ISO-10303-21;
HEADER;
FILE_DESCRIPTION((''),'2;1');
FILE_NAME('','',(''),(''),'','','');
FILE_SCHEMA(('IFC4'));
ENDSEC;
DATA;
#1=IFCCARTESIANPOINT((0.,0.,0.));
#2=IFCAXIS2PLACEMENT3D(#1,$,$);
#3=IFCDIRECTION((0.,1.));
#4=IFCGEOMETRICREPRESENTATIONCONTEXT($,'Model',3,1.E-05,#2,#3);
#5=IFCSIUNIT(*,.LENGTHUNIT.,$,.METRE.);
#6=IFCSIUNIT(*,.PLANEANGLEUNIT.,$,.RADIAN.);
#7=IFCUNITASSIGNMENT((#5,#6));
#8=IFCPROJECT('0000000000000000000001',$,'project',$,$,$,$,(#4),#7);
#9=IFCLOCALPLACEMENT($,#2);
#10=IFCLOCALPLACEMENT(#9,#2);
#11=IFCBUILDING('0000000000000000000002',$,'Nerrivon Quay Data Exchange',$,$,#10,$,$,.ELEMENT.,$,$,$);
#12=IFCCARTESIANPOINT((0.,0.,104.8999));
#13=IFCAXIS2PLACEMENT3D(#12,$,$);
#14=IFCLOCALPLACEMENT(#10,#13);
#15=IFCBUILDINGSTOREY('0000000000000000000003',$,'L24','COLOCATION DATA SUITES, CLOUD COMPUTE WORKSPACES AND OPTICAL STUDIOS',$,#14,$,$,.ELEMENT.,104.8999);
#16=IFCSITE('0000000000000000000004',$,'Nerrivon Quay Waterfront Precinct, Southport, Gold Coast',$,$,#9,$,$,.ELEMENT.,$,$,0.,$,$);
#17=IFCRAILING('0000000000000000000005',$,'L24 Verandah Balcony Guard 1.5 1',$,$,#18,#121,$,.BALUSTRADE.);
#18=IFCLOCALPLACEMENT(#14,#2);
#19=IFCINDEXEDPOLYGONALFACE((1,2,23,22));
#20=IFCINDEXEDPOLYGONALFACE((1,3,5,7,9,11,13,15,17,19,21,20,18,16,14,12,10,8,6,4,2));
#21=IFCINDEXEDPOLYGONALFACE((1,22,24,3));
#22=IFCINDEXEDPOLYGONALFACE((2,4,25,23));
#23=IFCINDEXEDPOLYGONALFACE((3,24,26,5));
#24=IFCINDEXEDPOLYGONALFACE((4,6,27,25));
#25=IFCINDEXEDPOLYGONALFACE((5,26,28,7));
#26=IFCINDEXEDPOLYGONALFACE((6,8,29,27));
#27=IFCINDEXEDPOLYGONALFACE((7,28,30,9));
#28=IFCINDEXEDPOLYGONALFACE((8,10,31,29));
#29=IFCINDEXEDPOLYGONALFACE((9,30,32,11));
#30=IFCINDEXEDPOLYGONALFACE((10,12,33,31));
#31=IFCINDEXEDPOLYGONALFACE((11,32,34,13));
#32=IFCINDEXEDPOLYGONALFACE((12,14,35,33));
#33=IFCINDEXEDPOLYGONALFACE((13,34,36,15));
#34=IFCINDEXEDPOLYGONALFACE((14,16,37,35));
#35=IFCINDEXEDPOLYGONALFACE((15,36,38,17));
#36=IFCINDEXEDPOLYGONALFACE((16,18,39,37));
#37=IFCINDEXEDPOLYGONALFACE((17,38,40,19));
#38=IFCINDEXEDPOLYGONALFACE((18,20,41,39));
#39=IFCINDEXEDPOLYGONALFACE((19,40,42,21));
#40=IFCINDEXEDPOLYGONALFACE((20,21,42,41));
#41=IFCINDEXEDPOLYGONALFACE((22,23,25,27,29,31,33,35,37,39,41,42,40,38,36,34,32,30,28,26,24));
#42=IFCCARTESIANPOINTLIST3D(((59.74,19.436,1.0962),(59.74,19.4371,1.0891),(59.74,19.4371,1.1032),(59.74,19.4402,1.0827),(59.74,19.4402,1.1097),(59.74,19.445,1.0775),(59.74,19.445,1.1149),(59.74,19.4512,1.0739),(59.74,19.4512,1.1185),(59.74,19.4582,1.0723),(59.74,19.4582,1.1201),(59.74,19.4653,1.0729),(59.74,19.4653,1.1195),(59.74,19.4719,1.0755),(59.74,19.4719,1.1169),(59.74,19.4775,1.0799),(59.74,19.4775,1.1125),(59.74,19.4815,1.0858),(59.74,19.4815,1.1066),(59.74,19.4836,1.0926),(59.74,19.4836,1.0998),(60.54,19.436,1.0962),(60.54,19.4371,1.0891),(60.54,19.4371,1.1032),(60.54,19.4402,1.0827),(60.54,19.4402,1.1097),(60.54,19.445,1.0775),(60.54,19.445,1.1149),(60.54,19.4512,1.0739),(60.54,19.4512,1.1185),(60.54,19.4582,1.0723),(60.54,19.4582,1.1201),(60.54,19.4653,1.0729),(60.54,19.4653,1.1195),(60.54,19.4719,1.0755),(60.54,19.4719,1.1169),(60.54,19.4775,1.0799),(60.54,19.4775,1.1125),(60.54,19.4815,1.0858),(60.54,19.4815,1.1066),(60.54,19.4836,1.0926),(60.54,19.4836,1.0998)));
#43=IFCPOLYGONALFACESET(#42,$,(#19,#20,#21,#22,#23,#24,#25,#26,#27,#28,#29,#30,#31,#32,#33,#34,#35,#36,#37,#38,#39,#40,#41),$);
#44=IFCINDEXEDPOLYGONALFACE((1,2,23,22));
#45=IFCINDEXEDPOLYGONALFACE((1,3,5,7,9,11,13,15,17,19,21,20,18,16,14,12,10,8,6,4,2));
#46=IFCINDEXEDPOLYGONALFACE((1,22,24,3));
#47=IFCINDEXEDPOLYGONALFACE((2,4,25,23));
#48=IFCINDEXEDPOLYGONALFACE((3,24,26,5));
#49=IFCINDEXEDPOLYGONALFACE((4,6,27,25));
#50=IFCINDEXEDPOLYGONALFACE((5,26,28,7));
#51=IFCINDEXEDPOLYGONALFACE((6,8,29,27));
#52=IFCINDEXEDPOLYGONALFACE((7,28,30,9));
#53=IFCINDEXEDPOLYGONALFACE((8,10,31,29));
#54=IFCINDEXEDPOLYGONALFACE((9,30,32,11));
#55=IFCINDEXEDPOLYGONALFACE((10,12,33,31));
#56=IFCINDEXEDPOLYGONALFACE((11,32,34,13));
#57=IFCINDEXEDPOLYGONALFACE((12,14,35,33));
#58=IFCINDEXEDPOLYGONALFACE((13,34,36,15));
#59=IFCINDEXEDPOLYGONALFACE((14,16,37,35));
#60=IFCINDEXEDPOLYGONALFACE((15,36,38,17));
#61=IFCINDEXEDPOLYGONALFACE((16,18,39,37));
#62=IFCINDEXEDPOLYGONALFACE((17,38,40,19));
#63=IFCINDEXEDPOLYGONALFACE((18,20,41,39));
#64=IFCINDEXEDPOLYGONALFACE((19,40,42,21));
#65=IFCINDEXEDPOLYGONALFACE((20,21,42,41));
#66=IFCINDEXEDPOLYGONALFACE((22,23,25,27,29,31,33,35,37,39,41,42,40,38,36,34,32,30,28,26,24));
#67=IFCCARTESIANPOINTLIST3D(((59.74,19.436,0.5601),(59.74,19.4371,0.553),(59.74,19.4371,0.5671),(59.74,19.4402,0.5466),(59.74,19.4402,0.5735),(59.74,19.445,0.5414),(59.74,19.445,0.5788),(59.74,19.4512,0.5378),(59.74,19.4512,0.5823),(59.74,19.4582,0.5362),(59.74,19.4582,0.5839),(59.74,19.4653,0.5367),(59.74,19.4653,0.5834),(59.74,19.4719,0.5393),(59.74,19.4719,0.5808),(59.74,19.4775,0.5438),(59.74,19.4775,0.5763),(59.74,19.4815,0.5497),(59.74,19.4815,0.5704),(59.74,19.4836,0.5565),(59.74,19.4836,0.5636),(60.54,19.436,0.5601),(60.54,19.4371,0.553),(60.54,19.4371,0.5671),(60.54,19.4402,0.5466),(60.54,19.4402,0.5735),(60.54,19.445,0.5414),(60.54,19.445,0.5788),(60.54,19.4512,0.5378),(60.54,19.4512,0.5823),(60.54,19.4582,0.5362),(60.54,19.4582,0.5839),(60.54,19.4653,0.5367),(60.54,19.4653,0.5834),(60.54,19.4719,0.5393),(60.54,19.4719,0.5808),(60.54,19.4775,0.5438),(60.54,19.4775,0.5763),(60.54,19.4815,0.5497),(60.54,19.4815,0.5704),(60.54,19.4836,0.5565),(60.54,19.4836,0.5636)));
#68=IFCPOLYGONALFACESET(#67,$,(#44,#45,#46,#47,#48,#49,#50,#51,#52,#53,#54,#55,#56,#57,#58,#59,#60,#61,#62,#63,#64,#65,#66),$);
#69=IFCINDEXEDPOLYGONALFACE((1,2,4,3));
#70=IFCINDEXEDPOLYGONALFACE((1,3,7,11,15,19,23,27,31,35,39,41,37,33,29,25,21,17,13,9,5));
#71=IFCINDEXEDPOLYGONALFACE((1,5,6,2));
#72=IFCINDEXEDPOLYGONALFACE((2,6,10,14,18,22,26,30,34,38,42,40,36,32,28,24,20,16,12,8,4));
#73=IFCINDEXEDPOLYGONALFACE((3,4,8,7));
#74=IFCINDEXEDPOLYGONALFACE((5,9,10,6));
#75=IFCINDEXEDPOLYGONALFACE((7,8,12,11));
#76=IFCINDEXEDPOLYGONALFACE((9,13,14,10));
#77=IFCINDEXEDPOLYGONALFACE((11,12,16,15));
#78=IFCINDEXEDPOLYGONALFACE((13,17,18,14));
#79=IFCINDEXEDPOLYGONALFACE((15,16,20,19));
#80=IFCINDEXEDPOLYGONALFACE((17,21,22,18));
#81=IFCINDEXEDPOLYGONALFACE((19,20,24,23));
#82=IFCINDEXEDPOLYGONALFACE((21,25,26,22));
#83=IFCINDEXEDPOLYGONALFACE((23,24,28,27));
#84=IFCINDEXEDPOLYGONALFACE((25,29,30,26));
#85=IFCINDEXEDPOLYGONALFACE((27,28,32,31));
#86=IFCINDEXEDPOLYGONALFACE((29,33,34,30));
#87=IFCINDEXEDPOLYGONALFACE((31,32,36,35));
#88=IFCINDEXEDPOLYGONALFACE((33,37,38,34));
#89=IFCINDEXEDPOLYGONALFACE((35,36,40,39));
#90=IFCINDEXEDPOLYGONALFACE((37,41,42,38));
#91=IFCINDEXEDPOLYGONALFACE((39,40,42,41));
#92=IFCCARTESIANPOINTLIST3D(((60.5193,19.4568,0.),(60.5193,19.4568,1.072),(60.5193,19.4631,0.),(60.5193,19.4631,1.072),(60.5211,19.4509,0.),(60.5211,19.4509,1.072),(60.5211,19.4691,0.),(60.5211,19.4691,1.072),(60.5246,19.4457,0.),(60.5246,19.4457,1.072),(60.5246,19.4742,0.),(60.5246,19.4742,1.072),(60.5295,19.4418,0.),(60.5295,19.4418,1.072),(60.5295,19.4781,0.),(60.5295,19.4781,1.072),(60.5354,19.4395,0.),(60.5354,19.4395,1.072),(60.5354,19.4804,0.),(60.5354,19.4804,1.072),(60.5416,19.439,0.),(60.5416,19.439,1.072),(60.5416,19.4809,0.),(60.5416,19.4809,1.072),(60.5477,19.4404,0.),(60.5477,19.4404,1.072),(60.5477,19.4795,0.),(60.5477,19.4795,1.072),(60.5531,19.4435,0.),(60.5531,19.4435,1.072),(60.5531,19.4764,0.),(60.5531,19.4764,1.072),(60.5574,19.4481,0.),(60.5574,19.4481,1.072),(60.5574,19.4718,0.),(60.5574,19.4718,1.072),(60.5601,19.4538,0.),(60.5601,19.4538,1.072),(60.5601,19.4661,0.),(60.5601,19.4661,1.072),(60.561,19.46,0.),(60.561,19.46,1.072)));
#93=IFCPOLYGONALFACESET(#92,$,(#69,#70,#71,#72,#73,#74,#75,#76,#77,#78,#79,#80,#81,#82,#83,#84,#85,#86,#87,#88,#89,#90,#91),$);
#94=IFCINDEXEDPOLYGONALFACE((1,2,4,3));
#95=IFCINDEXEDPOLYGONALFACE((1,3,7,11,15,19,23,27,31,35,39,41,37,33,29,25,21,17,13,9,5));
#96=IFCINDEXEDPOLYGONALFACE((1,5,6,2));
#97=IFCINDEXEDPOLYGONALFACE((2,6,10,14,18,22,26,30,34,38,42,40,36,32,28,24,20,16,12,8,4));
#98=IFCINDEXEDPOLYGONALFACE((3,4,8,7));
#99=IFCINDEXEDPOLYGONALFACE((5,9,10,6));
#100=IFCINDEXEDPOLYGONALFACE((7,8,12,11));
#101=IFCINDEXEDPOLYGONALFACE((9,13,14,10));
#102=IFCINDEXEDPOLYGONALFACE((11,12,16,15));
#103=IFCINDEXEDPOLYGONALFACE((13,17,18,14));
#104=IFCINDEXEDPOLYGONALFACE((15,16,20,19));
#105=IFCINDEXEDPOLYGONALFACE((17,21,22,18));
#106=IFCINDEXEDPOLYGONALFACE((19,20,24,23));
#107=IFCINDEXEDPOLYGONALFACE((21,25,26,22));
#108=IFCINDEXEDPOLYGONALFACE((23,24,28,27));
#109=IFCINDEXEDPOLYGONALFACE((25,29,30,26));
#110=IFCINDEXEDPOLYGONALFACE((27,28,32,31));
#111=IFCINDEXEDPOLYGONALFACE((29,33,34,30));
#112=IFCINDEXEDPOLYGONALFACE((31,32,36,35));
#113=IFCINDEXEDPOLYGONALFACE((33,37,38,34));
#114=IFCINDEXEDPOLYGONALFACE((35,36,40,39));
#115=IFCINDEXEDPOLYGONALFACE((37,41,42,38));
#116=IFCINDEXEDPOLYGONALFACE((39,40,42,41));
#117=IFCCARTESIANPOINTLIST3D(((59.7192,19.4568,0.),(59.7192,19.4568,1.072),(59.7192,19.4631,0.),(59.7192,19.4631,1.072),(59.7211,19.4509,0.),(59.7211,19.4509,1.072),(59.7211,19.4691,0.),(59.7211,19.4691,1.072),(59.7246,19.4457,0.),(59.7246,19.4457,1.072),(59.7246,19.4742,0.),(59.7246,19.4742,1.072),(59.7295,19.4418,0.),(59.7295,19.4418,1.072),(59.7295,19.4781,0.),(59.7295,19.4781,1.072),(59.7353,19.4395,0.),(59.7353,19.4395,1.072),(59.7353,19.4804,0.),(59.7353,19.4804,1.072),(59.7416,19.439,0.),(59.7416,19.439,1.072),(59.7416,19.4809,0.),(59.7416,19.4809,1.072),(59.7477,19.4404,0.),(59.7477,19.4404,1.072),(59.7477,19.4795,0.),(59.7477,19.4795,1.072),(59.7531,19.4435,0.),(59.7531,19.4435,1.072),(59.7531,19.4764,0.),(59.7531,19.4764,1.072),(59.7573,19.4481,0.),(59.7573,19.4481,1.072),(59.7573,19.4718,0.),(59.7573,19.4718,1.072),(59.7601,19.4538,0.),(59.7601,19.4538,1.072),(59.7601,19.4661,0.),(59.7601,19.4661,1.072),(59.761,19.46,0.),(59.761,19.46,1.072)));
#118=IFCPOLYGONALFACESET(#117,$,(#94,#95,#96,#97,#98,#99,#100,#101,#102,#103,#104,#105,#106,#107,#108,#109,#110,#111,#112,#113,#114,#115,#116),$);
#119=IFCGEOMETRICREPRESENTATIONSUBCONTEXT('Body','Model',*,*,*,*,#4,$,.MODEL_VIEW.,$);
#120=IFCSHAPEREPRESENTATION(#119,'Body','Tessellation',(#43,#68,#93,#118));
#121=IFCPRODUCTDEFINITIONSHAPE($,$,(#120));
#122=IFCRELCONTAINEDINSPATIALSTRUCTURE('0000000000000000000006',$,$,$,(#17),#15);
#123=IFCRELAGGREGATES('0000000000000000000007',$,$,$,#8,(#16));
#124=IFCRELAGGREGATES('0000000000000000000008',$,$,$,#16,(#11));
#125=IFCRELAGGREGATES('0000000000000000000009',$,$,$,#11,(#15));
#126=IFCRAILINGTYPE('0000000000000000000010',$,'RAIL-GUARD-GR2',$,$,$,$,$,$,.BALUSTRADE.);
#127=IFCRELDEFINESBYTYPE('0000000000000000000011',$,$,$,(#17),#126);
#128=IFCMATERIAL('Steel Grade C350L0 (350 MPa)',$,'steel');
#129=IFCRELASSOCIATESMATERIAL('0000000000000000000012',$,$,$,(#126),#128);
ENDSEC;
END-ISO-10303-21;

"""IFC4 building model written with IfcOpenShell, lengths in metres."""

from ifc_helpers import new_model, si_unit, direction, frame, origin, origin_2d, place, context, subcontext, project, spatial, circle, extrude, material, type_object, element, save


model = new_model("IFC4")

# Units and contexts
model_context = context("Model", 3, precision=1e-05, world=origin(), true_north=direction((0.0, 1.0)))
body_context = subcontext(model_context, "Body", "Model", "MODEL_VIEW")
ifc_project = project(units=[si_unit("LENGTHUNIT", "METRE"), si_unit("PLANEANGLEUNIT", "RADIAN")], contexts=[model_context])

# Site, building, storey
site_placement = place(None, origin())
site = spatial("IfcSite", under=ifc_project, at=site_placement, Name="Nerrivon Quay Waterfront Precinct, Southport, Gold Coast", CompositionType="ELEMENT", RefElevation=0.0)
building_placement = place(site_placement, origin())
building = spatial("IfcBuilding", under=site, at=building_placement, Name="Nerrivon Quay Data Exchange", CompositionType="ELEMENT")
storey_placement = place(building_placement, frame((0.0, 0.0, 104.8999)))
storey = spatial("IfcBuildingStorey", under=building, at=storey_placement, Name="L24", Description="COLOCATION DATA SUITES, CLOUD COMPUTE WORKSPACES AND OPTICAL STUDIOS", CompositionType="ELEMENT", Elevation=104.8999)

# Railing
ifc_material_1 = material(Name="Steel Grade C350L0 (350 MPa)", Category="steel")
railing_type = type_object("IfcRailingType", Name="RAIL-GUARD-GR2", PredefinedType="BALUSTRADE", material=ifc_material_1)
railing_1_placement = place(storey_placement, frame((60.54, 19.46, 0.0)))
element("IfcRailing", 1, at=railing_1_placement, inside=storey, type_object=railing_type, Name="L24 Verandah Balcony Guard 1.5 1", PredefinedType="BALUSTRADE", context=body_context, shape_type="SweptSolid", body=[
    extrude(circle(Radius=0.0239, at=origin_2d()), frame((0.0, 0.0, 1.0962), z_axis=(-1.0, 0.0, 0.0), x_axis=(0.0, -1.0, 0.0)), (0.0, 0.0, 1.0), 0.8),
    extrude(circle(Radius=0.0239, at=origin_2d()), frame((0.0, 0.0, 0.5601), z_axis=(-1.0, 0.0, 0.0), x_axis=(0.0, -1.0, 0.0)), (0.0, 0.0, 1.0), 0.8),
    extrude(circle(Radius=0.021, at=origin_2d()), origin(), (0.0, 0.0, 1.0), 1.072),
    extrude(circle(Radius=0.021, at=origin_2d()), frame((-0.8, 0.0, 0.0)), (0.0, 0.0, 1.0), 1.072),
])

save(model, "model.ifc")
